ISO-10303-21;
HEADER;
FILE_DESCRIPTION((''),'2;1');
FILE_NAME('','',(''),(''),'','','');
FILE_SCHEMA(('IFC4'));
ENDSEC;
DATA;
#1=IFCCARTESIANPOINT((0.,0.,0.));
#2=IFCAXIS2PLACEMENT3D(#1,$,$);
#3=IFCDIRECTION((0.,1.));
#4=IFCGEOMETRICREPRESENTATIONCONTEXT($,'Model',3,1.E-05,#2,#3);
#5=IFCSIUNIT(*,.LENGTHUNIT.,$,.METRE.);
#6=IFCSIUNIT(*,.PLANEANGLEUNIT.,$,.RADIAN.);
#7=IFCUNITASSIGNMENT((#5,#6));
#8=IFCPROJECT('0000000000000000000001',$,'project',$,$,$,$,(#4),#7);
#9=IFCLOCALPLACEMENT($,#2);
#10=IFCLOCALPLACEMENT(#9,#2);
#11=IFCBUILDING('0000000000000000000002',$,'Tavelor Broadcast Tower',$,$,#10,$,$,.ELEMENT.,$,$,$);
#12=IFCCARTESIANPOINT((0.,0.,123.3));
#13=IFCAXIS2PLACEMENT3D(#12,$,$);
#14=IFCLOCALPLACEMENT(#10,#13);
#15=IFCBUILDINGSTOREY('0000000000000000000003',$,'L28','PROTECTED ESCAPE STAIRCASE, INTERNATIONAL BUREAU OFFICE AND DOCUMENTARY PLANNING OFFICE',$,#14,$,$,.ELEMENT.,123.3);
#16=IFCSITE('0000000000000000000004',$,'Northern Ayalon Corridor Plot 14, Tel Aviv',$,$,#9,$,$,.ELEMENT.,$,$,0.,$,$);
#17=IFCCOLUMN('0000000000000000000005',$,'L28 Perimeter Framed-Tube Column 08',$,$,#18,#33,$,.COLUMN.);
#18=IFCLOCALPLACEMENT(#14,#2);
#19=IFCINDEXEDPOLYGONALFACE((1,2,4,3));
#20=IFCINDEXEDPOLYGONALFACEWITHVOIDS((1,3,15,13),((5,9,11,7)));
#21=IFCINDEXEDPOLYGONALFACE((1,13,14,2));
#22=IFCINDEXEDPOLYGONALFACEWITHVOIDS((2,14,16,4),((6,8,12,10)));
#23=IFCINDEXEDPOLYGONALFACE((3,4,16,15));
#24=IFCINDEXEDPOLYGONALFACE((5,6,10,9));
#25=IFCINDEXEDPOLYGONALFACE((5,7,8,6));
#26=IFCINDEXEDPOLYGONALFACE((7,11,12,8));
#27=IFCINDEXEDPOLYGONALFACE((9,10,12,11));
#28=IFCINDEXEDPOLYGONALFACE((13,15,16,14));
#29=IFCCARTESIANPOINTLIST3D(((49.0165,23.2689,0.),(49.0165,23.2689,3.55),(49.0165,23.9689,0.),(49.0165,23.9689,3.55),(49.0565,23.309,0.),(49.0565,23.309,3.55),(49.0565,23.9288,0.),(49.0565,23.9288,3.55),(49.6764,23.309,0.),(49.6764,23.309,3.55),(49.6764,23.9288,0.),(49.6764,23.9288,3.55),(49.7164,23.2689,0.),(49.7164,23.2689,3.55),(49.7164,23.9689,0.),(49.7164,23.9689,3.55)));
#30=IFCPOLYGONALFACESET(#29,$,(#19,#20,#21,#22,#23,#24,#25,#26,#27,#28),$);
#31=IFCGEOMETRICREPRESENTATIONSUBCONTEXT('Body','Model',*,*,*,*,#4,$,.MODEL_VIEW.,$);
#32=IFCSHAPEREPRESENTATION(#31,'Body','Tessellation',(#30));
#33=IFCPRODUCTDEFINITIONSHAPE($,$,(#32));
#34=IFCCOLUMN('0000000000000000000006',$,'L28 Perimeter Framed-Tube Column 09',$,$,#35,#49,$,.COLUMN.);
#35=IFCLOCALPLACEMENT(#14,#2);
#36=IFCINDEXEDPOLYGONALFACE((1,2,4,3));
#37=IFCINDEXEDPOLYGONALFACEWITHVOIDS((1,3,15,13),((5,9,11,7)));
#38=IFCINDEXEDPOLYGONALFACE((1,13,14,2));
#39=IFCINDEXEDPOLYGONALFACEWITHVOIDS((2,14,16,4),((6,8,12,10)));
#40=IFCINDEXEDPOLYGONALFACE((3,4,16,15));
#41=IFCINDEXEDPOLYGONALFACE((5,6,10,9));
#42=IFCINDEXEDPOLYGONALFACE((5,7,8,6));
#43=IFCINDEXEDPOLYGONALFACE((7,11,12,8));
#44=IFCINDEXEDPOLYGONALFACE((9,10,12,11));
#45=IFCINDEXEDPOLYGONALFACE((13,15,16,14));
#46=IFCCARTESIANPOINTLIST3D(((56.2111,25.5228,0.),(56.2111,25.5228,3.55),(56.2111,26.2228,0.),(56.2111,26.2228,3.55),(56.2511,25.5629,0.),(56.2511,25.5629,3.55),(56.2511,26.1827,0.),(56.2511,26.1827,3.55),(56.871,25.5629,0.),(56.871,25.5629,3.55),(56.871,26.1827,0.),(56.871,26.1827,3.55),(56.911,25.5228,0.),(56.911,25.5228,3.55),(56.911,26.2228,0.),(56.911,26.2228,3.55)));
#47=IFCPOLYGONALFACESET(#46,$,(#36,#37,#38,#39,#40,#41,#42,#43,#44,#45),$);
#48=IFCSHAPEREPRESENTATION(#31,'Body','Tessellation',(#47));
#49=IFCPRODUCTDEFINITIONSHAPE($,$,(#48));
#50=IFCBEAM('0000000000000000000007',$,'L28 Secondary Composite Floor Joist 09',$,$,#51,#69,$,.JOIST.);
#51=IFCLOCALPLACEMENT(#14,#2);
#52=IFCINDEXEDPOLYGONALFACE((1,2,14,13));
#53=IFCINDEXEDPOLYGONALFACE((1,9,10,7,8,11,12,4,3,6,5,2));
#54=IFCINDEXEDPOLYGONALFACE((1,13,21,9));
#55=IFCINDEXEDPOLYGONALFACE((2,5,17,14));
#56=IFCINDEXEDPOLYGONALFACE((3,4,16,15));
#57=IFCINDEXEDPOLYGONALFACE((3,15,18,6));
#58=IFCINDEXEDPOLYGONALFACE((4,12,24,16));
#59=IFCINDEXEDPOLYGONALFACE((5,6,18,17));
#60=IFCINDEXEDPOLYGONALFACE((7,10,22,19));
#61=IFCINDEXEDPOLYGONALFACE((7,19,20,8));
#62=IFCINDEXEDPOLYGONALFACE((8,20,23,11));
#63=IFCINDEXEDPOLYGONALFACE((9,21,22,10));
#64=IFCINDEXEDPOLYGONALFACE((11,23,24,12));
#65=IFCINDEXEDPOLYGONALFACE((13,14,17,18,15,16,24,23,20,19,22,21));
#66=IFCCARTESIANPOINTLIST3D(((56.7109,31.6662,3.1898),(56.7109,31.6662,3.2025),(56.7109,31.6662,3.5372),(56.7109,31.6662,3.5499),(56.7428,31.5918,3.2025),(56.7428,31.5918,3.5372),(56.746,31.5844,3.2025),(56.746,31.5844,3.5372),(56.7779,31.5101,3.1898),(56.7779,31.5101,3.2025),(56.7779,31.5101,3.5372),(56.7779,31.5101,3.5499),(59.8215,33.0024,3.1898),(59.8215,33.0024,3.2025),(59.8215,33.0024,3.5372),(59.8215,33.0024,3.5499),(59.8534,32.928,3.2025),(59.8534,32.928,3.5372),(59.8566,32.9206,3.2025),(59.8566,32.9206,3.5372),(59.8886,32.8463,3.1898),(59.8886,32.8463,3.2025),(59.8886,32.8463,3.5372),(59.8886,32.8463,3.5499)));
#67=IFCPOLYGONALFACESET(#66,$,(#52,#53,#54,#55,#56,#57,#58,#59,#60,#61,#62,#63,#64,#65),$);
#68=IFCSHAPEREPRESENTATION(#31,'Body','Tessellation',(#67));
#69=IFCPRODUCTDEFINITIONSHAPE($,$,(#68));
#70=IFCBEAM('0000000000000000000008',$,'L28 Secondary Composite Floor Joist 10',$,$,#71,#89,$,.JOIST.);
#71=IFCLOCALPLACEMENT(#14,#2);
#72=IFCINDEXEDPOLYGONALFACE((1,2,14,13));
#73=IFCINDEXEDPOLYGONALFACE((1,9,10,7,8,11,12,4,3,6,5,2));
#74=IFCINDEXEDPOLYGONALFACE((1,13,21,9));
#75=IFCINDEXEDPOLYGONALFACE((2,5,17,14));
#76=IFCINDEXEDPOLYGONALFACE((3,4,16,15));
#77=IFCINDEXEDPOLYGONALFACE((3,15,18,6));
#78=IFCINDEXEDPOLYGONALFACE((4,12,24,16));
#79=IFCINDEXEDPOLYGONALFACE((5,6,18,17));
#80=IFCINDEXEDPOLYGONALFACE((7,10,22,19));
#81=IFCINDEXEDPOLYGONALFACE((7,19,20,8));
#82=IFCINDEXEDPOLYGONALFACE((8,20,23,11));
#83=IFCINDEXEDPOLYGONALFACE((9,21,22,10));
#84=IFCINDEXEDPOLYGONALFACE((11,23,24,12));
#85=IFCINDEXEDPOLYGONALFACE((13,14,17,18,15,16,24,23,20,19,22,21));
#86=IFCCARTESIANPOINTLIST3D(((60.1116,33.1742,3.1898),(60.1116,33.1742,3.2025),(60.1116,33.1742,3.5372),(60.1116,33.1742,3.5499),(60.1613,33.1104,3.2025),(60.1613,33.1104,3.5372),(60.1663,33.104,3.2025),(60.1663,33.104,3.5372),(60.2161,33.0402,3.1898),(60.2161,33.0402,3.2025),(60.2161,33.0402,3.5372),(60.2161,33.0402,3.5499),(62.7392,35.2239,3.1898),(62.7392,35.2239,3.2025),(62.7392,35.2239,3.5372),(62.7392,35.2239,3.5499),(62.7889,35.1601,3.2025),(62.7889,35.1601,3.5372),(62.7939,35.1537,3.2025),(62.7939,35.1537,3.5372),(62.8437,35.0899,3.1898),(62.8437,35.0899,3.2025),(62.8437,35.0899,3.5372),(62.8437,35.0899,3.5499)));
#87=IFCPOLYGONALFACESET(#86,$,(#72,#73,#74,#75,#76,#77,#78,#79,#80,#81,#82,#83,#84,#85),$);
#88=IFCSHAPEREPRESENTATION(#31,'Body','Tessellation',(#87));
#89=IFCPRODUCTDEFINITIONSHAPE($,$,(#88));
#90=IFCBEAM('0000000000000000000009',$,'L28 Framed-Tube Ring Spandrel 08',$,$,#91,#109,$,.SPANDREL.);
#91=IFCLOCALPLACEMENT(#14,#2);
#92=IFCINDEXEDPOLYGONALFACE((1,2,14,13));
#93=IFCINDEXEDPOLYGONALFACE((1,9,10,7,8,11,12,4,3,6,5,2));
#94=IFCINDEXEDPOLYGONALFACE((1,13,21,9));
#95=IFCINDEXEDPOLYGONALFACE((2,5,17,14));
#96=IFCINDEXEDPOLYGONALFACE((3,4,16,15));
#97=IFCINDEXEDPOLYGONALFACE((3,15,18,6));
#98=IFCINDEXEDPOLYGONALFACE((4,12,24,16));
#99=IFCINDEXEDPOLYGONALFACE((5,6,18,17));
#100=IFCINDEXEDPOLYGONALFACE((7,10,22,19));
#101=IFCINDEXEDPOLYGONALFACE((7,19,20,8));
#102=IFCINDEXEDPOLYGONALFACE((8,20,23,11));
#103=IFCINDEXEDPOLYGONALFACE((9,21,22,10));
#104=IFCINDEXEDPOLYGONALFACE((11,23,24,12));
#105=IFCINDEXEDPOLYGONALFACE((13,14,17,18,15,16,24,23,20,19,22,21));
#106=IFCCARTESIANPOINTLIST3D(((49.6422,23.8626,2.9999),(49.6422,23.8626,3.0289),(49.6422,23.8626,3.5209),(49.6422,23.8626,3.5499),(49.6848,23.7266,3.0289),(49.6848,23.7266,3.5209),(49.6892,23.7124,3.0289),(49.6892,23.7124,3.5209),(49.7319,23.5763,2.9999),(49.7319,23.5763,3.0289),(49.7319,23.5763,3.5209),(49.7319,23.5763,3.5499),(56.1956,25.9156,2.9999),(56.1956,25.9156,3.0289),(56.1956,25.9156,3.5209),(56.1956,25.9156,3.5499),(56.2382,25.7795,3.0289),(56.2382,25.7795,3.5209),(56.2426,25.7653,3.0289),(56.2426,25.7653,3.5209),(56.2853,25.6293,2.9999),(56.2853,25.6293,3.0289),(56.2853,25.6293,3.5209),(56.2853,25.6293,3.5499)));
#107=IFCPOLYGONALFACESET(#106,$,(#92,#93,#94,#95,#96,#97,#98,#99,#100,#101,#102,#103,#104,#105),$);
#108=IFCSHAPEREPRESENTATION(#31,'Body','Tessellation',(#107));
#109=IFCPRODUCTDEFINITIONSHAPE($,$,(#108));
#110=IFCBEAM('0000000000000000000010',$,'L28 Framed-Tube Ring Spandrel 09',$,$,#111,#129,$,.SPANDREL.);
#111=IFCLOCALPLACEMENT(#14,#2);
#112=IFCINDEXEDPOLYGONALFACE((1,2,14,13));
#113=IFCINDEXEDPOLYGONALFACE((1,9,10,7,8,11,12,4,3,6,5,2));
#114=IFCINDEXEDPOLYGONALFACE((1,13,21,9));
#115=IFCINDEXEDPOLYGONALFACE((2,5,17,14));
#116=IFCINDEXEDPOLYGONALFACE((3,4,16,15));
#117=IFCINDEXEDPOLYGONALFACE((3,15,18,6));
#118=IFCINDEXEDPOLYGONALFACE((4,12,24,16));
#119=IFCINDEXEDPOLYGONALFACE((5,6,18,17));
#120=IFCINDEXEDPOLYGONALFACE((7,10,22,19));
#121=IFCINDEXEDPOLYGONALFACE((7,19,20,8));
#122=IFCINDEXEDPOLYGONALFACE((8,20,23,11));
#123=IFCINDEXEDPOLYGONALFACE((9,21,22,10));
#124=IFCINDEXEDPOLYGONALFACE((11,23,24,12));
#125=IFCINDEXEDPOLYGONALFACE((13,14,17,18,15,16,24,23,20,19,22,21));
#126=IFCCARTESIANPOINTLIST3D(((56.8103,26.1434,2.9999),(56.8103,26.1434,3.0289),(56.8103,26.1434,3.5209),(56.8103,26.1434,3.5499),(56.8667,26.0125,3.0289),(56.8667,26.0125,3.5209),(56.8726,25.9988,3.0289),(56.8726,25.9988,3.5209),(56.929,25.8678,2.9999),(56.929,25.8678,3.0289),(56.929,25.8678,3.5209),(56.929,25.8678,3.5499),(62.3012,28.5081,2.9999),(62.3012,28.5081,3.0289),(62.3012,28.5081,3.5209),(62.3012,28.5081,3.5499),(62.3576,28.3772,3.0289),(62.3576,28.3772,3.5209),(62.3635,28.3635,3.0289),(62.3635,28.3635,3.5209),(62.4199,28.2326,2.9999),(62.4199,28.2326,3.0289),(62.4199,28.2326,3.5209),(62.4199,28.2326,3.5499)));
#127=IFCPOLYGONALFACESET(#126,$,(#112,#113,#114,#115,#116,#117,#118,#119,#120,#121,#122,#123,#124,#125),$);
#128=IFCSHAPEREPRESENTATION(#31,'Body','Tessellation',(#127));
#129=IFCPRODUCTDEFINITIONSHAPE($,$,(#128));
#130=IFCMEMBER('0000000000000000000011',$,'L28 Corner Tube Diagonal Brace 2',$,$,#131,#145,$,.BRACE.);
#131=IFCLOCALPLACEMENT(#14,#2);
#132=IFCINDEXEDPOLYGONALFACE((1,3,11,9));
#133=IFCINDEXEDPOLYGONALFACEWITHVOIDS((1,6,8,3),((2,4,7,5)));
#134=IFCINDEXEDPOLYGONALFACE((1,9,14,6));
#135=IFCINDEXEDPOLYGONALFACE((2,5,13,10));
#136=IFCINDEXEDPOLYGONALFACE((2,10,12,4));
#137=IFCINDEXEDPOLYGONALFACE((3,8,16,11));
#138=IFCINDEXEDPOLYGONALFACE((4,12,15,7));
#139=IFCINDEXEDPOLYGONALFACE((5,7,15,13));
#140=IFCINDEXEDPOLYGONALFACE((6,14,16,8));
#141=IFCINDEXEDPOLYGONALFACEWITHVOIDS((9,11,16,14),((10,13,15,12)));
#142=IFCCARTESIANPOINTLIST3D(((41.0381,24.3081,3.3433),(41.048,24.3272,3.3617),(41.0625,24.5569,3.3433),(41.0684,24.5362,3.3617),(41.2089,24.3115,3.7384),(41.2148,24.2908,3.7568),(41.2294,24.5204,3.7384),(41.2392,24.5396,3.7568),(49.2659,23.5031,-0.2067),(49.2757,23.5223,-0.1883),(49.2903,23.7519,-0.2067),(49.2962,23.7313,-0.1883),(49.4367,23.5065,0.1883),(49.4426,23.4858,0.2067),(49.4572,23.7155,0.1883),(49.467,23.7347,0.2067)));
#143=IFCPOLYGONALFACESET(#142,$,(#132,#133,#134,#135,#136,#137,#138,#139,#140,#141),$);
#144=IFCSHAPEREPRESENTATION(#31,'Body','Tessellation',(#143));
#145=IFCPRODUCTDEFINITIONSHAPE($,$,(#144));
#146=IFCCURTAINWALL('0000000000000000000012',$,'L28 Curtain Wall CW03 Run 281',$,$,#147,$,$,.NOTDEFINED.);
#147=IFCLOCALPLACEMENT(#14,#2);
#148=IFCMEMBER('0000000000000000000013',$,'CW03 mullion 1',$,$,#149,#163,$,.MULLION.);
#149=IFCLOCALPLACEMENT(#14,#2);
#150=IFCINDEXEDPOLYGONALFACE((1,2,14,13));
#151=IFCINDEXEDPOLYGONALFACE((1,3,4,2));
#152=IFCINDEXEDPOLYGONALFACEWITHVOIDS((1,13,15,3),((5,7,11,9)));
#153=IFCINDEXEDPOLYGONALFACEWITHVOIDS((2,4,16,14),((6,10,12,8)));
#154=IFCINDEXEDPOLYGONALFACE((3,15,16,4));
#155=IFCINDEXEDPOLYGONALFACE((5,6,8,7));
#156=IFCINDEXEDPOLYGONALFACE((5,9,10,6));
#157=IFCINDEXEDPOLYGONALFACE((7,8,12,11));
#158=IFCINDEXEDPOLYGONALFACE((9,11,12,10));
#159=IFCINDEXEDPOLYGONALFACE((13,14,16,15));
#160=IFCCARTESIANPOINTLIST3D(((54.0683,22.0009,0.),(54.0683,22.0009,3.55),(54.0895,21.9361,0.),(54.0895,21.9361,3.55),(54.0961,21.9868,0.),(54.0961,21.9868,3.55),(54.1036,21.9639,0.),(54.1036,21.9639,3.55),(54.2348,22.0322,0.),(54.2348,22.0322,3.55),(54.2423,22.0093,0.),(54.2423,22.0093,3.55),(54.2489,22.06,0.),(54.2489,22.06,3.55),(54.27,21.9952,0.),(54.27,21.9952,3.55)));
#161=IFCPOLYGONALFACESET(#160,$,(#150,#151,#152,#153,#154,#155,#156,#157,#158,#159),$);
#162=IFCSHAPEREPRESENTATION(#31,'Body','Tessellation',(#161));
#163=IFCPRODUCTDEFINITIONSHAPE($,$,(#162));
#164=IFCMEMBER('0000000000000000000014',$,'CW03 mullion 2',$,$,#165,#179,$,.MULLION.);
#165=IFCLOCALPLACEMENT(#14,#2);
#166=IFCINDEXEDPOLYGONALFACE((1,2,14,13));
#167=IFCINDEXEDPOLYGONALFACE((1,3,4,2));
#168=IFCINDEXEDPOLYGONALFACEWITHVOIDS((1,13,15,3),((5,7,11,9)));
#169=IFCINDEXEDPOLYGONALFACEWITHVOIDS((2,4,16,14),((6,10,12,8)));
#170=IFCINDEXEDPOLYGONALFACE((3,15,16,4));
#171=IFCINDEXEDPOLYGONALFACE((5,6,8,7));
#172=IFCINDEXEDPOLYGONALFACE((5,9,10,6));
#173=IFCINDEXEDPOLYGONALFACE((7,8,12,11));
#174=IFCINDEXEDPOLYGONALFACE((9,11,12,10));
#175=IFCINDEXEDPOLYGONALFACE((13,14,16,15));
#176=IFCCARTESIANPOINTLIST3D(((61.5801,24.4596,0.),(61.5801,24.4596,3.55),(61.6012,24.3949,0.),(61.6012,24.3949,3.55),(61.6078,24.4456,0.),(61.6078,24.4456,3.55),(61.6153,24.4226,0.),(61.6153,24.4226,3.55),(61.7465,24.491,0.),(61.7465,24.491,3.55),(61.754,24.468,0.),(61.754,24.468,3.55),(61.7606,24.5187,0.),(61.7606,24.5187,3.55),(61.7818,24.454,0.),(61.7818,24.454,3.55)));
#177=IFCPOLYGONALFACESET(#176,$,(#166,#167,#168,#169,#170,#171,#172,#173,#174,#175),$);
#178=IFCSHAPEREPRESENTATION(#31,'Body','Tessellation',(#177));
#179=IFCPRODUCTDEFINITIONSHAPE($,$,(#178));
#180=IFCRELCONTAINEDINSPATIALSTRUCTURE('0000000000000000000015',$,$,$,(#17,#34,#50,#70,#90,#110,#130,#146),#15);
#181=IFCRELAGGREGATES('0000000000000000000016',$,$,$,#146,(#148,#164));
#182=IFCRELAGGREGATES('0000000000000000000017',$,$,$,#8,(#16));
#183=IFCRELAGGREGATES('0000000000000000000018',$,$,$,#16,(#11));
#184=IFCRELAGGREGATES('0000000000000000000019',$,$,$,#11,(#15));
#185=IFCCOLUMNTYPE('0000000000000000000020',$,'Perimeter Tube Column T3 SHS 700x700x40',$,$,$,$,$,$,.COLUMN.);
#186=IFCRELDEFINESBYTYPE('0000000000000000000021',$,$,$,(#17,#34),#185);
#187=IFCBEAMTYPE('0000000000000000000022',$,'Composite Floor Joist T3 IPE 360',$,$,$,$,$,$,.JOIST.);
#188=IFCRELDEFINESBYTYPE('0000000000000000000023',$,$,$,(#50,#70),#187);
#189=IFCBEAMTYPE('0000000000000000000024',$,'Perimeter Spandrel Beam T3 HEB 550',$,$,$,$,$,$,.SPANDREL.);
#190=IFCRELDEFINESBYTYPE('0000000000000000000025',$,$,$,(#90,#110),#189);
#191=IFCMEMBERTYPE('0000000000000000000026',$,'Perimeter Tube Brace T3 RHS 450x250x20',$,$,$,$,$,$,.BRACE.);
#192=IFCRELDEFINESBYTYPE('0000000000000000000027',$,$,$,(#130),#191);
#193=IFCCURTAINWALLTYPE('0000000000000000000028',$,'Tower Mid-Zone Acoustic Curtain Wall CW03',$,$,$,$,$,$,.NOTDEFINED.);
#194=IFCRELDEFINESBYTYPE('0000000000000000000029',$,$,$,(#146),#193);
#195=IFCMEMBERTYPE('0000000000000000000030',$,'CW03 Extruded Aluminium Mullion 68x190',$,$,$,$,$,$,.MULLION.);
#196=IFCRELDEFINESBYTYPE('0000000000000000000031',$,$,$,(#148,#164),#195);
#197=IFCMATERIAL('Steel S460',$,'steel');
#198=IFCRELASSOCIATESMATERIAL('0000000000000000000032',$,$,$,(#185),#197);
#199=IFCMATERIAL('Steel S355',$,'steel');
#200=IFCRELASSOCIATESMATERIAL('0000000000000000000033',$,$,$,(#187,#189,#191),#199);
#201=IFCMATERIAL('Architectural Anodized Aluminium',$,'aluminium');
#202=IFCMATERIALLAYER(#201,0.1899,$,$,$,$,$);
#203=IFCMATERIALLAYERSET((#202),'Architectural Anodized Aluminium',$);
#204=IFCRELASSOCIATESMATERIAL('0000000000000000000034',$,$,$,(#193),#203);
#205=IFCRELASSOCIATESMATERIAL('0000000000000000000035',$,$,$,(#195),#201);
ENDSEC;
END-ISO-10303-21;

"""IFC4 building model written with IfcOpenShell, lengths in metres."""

from ifc_helpers import new_model, si_unit, direction, frame, origin, origin_2d, place, context, subcontext, project, spatial, hollow_rectangle, i_section, extrude, source, transform, mapped, material, layer, layer_set, material_profile, profile_set, type_object, type_shapes, element, aggregate, save


model = new_model("IFC4")

# Units and contexts
model_context = context("Model", 3, precision=1e-05, world=origin(), true_north=direction((0.0, 1.0)))
body_context = subcontext(model_context, "Body", "Model", "MODEL_VIEW")
ifc_project = project(units=[si_unit("LENGTHUNIT", "METRE"), si_unit("PLANEANGLEUNIT", "RADIAN")], contexts=[model_context])

# Site, building, storey
site_placement = place(None, origin())
site = spatial("IfcSite", under=ifc_project, at=site_placement, Name="Northern Ayalon Corridor Plot 14, Tel Aviv", CompositionType="ELEMENT", RefElevation=0.0)
building_placement = place(site_placement, origin())
building = spatial("IfcBuilding", under=site, at=building_placement, Name="Tavelor Broadcast Tower", CompositionType="ELEMENT")
storey_placement = place(building_placement, frame((0.0, 0.0, 123.3)))
storey = spatial("IfcBuildingStorey", under=building, at=storey_placement, Name="L28", Description="PROTECTED ESCAPE STAIRCASE, INTERNATIONAL BUREAU OFFICE AND DOCUMENTARY PLANNING OFFICE", CompositionType="ELEMENT", Elevation=123.3)

# Columns
ifc_material_1 = material(Name="Steel S460", Category="steel")
ifc_material_profile_1 = material_profile(ifc_material_1, hollow_rectangle(XDim=0.7, YDim=0.7, WallThickness=0.04, at=origin_2d()), Name="SHS 700x700x40")
ifc_profile_set_1 = profile_set([ifc_material_profile_1], Name="Steel S460")
column_type = type_object("IfcColumnType", Name="Perimeter Tube Column T3 SHS 700x700x40", PredefinedType="COLUMN", material=ifc_profile_set_1)
for number, where, z_axis, x_axis, name in (
    (1, (49.3665, 23.6189, 0.0), (0.0, 0.0, 1.0), (1.0, 0.0, 0.0), "L28 Perimeter Framed-Tube Column 08"),
    (2, (56.561, 25.8728, 0.0), (0.0, 0.0, 1.0), (1.0, 0.0, 0.0), "L28 Perimeter Framed-Tube Column 09"),
):
    element("IfcColumn", number, at=place(storey_placement, frame(where, z_axis=z_axis, x_axis=x_axis)), inside=storey, type_object=column_type, Name=name, PredefinedType="COLUMN", context=body_context, shape_type="SweptSolid", body=[
        extrude(hollow_rectangle(XDim=0.7, YDim=0.7, WallThickness=0.04, at=origin_2d()), origin(), (0.0, 0.0, 1.0), 3.55),
    ])

# Beams
ifc_material_2 = material(Name="Steel S355", Category="steel")
ifc_material_profile_2 = material_profile(ifc_material_2, i_section(OverallWidth=0.1699, OverallDepth=0.3601, WebThickness=0.0081, FlangeThickness=0.0127, at=origin_2d()), Name="IPE 360")
ifc_profile_set_2 = profile_set([ifc_material_profile_2], Name="Steel S355")
beam_type_1 = type_object("IfcBeamType", Name="Composite Floor Joist T3 IPE 360", PredefinedType="JOIST", material=ifc_profile_set_2)
beam_1_placement = place(storey_placement, frame((56.7444, 31.5881, 3.3699), z_axis=(0.918816, 0.394685, 0.0), x_axis=(-0.394685, 0.918816, 0.0)))
element("IfcBeam", 3, at=beam_1_placement, inside=storey, type_object=beam_type_1, Name="L28 Secondary Composite Floor Joist 09", PredefinedType="JOIST", context=body_context, shape_type="SweptSolid", body=[
    extrude(i_section(OverallWidth=0.1699, OverallDepth=0.3601, WebThickness=0.0081, FlangeThickness=0.0127, at=origin_2d()), origin(), (0.0, 0.0, 1.0), 3.3855),
])
beam_2_placement = place(storey_placement, frame((60.1638, 33.1072, 3.3699), z_axis=(0.788472, 0.615071, 0.0), x_axis=(-0.615071, 0.788472, 0.0)))
element("IfcBeam", 4, at=beam_2_placement, inside=storey, type_object=beam_type_1, Name="L28 Secondary Composite Floor Joist 10", PredefinedType="JOIST", context=body_context, shape_type="SweptSolid", body=[
    extrude(i_section(OverallWidth=0.1699, OverallDepth=0.3601, WebThickness=0.0081, FlangeThickness=0.0127, at=origin_2d()), origin(), (0.0, 0.0, 1.0), 3.3325),
])
ifc_material_profile_3 = material_profile(ifc_material_2, i_section(OverallWidth=0.3, OverallDepth=0.55, WebThickness=0.0149, FlangeThickness=0.0291, at=origin_2d()), Name="HEB 550")
ifc_profile_set_3 = profile_set([ifc_material_profile_3], Name="Steel S355")
beam_type_2 = type_object("IfcBeamType", Name="Perimeter Spandrel Beam T3 HEB 550", PredefinedType="SPANDREL", material=ifc_profile_set_3)
beam_3_placement = place(storey_placement, frame((49.687, 23.7195, 3.2749), z_axis=(0.954272, 0.298941, 0.0), x_axis=(-0.298941, 0.954272, 0.0)))
element("IfcBeam", 5, at=beam_3_placement, inside=storey, type_object=beam_type_2, Name="L28 Framed-Tube Ring Spandrel 08", PredefinedType="SPANDREL", context=body_context, shape_type="SweptSolid", body=[
    extrude(i_section(OverallWidth=0.3, OverallDepth=0.55, WebThickness=0.0149, FlangeThickness=0.0291, at=origin_2d()), origin(), (0.0, 0.0, 1.0), 6.8674),
])
beam_4_placement = place(storey_placement, frame((56.8696, 26.0056, 3.2749), z_axis=(0.918449, 0.39554, 0.0), x_axis=(-0.39554, 0.918449, 0.0)))
element("IfcBeam", 6, at=beam_4_placement, inside=storey, type_object=beam_type_2, Name="L28 Framed-Tube Ring Spandrel 09", PredefinedType="SPANDREL", context=body_context, shape_type="SweptSolid", body=[
    extrude(i_section(OverallWidth=0.3, OverallDepth=0.55, WebThickness=0.0149, FlangeThickness=0.0291, at=origin_2d()), origin(), (0.0, 0.0, 1.0), 5.9785),
])

# Member
ifc_material_profile_4 = material_profile(ifc_material_2, hollow_rectangle(XDim=0.25, YDim=0.45, WallThickness=0.02, at=origin_2d()), Name="RHS 450x250x20")
ifc_profile_set_4 = profile_set([ifc_material_profile_4], Name="Steel S355")
member_type_1 = type_object("IfcMemberType", Name="Perimeter Tube Brace T3 RHS 450x250x20", PredefinedType="BRACE", material=ifc_profile_set_4)
member_1_placement = place(storey_placement, frame((49.3665, 23.6189, 0.0), z_axis=(-0.914496, 0.089466, 0.394579), x_axis=(-0.097366, -0.995249, 0.0)))
element("IfcMember", 7, at=member_1_placement, inside=storey, type_object=member_type_1, Name="L28 Corner Tube Diagonal Brace 2", PredefinedType="BRACE", context=body_context, shape_type="SweptSolid", body=[
    extrude(hollow_rectangle(XDim=0.25, YDim=0.45, WallThickness=0.02, at=origin_2d()), origin(), (0.0, 0.0, 1.0), 8.9971),
])

# Curtain wall, members
ifc_material_3 = material(Name="Architectural Anodized Aluminium", Category="aluminium")
ifc_layer_1 = layer(ifc_material_3, 0.1899)
ifc_layer_set_1 = layer_set([ifc_layer_1], Name="Architectural Anodized Aluminium")
curtain_wall_type = type_object("IfcCurtainWallType", Name="Tower Mid-Zone Acoustic Curtain Wall CW03", PredefinedType="NOTDEFINED", material=ifc_layer_set_1)
curtain_wall_1_placement = place(storey_placement, origin())
curtain_wall_1 = element("IfcCurtainWall", 8, at=curtain_wall_1_placement, inside=storey, type_object=curtain_wall_type, Name="L28 Curtain Wall CW03 Run 281", PredefinedType="NOTDEFINED")
ifc_material_profile_5 = material_profile(ifc_material_3, hollow_rectangle(XDim=0.0681, YDim=0.1899, WallThickness=0.022, at=origin_2d()), Name="RHS 68x190x22")
ifc_profile_set_5 = profile_set([ifc_material_profile_5], Name="Architectural Anodized Aluminium")
member_type_2 = type_object("IfcMemberType", Name="CW03 Extruded Aluminium Mullion 68x190", PredefinedType="MULLION", material=ifc_profile_set_5)
shared_shape_1 = source(origin(), body_context, "Body", "SweptSolid", [
    extrude(hollow_rectangle(XDim=0.0681, YDim=0.1899, WallThickness=0.022, at=origin_2d()), origin(), (0.0, 0.0, 1.0), 3.55),
])
type_shapes(member_type_2, [shared_shape_1])
member_2_placement = place(storey_placement, frame((54.1692, 21.998, 0.0), z_axis=(0.0, 0.0, 1.0), x_axis=(-0.311086, 0.950382, 0.0)))
member_2 = element("IfcMember", 9, at=member_2_placement, type_object=member_type_2, Name="CW03 mullion 1", PredefinedType="MULLION", context=body_context, shape_type="MappedRepresentation", body=[
    mapped(shared_shape_1, transform((0.0, 0.0, 0.0), scale=1.0)),
])
member_3_placement = place(storey_placement, frame((61.6809, 24.4568, 0.0), z_axis=(0.0, 0.0, 1.0), x_axis=(-0.311086, 0.950382, 0.0)))
member_3 = element("IfcMember", 10, at=member_3_placement, type_object=member_type_2, Name="CW03 mullion 2", PredefinedType="MULLION", context=body_context, shape_type="MappedRepresentation", body=[
    mapped(shared_shape_1, transform((0.0, 0.0, 0.0), scale=1.0)),
])

aggregate(curtain_wall_1, [member_2, member_3])

save(model, "model.ifc")
